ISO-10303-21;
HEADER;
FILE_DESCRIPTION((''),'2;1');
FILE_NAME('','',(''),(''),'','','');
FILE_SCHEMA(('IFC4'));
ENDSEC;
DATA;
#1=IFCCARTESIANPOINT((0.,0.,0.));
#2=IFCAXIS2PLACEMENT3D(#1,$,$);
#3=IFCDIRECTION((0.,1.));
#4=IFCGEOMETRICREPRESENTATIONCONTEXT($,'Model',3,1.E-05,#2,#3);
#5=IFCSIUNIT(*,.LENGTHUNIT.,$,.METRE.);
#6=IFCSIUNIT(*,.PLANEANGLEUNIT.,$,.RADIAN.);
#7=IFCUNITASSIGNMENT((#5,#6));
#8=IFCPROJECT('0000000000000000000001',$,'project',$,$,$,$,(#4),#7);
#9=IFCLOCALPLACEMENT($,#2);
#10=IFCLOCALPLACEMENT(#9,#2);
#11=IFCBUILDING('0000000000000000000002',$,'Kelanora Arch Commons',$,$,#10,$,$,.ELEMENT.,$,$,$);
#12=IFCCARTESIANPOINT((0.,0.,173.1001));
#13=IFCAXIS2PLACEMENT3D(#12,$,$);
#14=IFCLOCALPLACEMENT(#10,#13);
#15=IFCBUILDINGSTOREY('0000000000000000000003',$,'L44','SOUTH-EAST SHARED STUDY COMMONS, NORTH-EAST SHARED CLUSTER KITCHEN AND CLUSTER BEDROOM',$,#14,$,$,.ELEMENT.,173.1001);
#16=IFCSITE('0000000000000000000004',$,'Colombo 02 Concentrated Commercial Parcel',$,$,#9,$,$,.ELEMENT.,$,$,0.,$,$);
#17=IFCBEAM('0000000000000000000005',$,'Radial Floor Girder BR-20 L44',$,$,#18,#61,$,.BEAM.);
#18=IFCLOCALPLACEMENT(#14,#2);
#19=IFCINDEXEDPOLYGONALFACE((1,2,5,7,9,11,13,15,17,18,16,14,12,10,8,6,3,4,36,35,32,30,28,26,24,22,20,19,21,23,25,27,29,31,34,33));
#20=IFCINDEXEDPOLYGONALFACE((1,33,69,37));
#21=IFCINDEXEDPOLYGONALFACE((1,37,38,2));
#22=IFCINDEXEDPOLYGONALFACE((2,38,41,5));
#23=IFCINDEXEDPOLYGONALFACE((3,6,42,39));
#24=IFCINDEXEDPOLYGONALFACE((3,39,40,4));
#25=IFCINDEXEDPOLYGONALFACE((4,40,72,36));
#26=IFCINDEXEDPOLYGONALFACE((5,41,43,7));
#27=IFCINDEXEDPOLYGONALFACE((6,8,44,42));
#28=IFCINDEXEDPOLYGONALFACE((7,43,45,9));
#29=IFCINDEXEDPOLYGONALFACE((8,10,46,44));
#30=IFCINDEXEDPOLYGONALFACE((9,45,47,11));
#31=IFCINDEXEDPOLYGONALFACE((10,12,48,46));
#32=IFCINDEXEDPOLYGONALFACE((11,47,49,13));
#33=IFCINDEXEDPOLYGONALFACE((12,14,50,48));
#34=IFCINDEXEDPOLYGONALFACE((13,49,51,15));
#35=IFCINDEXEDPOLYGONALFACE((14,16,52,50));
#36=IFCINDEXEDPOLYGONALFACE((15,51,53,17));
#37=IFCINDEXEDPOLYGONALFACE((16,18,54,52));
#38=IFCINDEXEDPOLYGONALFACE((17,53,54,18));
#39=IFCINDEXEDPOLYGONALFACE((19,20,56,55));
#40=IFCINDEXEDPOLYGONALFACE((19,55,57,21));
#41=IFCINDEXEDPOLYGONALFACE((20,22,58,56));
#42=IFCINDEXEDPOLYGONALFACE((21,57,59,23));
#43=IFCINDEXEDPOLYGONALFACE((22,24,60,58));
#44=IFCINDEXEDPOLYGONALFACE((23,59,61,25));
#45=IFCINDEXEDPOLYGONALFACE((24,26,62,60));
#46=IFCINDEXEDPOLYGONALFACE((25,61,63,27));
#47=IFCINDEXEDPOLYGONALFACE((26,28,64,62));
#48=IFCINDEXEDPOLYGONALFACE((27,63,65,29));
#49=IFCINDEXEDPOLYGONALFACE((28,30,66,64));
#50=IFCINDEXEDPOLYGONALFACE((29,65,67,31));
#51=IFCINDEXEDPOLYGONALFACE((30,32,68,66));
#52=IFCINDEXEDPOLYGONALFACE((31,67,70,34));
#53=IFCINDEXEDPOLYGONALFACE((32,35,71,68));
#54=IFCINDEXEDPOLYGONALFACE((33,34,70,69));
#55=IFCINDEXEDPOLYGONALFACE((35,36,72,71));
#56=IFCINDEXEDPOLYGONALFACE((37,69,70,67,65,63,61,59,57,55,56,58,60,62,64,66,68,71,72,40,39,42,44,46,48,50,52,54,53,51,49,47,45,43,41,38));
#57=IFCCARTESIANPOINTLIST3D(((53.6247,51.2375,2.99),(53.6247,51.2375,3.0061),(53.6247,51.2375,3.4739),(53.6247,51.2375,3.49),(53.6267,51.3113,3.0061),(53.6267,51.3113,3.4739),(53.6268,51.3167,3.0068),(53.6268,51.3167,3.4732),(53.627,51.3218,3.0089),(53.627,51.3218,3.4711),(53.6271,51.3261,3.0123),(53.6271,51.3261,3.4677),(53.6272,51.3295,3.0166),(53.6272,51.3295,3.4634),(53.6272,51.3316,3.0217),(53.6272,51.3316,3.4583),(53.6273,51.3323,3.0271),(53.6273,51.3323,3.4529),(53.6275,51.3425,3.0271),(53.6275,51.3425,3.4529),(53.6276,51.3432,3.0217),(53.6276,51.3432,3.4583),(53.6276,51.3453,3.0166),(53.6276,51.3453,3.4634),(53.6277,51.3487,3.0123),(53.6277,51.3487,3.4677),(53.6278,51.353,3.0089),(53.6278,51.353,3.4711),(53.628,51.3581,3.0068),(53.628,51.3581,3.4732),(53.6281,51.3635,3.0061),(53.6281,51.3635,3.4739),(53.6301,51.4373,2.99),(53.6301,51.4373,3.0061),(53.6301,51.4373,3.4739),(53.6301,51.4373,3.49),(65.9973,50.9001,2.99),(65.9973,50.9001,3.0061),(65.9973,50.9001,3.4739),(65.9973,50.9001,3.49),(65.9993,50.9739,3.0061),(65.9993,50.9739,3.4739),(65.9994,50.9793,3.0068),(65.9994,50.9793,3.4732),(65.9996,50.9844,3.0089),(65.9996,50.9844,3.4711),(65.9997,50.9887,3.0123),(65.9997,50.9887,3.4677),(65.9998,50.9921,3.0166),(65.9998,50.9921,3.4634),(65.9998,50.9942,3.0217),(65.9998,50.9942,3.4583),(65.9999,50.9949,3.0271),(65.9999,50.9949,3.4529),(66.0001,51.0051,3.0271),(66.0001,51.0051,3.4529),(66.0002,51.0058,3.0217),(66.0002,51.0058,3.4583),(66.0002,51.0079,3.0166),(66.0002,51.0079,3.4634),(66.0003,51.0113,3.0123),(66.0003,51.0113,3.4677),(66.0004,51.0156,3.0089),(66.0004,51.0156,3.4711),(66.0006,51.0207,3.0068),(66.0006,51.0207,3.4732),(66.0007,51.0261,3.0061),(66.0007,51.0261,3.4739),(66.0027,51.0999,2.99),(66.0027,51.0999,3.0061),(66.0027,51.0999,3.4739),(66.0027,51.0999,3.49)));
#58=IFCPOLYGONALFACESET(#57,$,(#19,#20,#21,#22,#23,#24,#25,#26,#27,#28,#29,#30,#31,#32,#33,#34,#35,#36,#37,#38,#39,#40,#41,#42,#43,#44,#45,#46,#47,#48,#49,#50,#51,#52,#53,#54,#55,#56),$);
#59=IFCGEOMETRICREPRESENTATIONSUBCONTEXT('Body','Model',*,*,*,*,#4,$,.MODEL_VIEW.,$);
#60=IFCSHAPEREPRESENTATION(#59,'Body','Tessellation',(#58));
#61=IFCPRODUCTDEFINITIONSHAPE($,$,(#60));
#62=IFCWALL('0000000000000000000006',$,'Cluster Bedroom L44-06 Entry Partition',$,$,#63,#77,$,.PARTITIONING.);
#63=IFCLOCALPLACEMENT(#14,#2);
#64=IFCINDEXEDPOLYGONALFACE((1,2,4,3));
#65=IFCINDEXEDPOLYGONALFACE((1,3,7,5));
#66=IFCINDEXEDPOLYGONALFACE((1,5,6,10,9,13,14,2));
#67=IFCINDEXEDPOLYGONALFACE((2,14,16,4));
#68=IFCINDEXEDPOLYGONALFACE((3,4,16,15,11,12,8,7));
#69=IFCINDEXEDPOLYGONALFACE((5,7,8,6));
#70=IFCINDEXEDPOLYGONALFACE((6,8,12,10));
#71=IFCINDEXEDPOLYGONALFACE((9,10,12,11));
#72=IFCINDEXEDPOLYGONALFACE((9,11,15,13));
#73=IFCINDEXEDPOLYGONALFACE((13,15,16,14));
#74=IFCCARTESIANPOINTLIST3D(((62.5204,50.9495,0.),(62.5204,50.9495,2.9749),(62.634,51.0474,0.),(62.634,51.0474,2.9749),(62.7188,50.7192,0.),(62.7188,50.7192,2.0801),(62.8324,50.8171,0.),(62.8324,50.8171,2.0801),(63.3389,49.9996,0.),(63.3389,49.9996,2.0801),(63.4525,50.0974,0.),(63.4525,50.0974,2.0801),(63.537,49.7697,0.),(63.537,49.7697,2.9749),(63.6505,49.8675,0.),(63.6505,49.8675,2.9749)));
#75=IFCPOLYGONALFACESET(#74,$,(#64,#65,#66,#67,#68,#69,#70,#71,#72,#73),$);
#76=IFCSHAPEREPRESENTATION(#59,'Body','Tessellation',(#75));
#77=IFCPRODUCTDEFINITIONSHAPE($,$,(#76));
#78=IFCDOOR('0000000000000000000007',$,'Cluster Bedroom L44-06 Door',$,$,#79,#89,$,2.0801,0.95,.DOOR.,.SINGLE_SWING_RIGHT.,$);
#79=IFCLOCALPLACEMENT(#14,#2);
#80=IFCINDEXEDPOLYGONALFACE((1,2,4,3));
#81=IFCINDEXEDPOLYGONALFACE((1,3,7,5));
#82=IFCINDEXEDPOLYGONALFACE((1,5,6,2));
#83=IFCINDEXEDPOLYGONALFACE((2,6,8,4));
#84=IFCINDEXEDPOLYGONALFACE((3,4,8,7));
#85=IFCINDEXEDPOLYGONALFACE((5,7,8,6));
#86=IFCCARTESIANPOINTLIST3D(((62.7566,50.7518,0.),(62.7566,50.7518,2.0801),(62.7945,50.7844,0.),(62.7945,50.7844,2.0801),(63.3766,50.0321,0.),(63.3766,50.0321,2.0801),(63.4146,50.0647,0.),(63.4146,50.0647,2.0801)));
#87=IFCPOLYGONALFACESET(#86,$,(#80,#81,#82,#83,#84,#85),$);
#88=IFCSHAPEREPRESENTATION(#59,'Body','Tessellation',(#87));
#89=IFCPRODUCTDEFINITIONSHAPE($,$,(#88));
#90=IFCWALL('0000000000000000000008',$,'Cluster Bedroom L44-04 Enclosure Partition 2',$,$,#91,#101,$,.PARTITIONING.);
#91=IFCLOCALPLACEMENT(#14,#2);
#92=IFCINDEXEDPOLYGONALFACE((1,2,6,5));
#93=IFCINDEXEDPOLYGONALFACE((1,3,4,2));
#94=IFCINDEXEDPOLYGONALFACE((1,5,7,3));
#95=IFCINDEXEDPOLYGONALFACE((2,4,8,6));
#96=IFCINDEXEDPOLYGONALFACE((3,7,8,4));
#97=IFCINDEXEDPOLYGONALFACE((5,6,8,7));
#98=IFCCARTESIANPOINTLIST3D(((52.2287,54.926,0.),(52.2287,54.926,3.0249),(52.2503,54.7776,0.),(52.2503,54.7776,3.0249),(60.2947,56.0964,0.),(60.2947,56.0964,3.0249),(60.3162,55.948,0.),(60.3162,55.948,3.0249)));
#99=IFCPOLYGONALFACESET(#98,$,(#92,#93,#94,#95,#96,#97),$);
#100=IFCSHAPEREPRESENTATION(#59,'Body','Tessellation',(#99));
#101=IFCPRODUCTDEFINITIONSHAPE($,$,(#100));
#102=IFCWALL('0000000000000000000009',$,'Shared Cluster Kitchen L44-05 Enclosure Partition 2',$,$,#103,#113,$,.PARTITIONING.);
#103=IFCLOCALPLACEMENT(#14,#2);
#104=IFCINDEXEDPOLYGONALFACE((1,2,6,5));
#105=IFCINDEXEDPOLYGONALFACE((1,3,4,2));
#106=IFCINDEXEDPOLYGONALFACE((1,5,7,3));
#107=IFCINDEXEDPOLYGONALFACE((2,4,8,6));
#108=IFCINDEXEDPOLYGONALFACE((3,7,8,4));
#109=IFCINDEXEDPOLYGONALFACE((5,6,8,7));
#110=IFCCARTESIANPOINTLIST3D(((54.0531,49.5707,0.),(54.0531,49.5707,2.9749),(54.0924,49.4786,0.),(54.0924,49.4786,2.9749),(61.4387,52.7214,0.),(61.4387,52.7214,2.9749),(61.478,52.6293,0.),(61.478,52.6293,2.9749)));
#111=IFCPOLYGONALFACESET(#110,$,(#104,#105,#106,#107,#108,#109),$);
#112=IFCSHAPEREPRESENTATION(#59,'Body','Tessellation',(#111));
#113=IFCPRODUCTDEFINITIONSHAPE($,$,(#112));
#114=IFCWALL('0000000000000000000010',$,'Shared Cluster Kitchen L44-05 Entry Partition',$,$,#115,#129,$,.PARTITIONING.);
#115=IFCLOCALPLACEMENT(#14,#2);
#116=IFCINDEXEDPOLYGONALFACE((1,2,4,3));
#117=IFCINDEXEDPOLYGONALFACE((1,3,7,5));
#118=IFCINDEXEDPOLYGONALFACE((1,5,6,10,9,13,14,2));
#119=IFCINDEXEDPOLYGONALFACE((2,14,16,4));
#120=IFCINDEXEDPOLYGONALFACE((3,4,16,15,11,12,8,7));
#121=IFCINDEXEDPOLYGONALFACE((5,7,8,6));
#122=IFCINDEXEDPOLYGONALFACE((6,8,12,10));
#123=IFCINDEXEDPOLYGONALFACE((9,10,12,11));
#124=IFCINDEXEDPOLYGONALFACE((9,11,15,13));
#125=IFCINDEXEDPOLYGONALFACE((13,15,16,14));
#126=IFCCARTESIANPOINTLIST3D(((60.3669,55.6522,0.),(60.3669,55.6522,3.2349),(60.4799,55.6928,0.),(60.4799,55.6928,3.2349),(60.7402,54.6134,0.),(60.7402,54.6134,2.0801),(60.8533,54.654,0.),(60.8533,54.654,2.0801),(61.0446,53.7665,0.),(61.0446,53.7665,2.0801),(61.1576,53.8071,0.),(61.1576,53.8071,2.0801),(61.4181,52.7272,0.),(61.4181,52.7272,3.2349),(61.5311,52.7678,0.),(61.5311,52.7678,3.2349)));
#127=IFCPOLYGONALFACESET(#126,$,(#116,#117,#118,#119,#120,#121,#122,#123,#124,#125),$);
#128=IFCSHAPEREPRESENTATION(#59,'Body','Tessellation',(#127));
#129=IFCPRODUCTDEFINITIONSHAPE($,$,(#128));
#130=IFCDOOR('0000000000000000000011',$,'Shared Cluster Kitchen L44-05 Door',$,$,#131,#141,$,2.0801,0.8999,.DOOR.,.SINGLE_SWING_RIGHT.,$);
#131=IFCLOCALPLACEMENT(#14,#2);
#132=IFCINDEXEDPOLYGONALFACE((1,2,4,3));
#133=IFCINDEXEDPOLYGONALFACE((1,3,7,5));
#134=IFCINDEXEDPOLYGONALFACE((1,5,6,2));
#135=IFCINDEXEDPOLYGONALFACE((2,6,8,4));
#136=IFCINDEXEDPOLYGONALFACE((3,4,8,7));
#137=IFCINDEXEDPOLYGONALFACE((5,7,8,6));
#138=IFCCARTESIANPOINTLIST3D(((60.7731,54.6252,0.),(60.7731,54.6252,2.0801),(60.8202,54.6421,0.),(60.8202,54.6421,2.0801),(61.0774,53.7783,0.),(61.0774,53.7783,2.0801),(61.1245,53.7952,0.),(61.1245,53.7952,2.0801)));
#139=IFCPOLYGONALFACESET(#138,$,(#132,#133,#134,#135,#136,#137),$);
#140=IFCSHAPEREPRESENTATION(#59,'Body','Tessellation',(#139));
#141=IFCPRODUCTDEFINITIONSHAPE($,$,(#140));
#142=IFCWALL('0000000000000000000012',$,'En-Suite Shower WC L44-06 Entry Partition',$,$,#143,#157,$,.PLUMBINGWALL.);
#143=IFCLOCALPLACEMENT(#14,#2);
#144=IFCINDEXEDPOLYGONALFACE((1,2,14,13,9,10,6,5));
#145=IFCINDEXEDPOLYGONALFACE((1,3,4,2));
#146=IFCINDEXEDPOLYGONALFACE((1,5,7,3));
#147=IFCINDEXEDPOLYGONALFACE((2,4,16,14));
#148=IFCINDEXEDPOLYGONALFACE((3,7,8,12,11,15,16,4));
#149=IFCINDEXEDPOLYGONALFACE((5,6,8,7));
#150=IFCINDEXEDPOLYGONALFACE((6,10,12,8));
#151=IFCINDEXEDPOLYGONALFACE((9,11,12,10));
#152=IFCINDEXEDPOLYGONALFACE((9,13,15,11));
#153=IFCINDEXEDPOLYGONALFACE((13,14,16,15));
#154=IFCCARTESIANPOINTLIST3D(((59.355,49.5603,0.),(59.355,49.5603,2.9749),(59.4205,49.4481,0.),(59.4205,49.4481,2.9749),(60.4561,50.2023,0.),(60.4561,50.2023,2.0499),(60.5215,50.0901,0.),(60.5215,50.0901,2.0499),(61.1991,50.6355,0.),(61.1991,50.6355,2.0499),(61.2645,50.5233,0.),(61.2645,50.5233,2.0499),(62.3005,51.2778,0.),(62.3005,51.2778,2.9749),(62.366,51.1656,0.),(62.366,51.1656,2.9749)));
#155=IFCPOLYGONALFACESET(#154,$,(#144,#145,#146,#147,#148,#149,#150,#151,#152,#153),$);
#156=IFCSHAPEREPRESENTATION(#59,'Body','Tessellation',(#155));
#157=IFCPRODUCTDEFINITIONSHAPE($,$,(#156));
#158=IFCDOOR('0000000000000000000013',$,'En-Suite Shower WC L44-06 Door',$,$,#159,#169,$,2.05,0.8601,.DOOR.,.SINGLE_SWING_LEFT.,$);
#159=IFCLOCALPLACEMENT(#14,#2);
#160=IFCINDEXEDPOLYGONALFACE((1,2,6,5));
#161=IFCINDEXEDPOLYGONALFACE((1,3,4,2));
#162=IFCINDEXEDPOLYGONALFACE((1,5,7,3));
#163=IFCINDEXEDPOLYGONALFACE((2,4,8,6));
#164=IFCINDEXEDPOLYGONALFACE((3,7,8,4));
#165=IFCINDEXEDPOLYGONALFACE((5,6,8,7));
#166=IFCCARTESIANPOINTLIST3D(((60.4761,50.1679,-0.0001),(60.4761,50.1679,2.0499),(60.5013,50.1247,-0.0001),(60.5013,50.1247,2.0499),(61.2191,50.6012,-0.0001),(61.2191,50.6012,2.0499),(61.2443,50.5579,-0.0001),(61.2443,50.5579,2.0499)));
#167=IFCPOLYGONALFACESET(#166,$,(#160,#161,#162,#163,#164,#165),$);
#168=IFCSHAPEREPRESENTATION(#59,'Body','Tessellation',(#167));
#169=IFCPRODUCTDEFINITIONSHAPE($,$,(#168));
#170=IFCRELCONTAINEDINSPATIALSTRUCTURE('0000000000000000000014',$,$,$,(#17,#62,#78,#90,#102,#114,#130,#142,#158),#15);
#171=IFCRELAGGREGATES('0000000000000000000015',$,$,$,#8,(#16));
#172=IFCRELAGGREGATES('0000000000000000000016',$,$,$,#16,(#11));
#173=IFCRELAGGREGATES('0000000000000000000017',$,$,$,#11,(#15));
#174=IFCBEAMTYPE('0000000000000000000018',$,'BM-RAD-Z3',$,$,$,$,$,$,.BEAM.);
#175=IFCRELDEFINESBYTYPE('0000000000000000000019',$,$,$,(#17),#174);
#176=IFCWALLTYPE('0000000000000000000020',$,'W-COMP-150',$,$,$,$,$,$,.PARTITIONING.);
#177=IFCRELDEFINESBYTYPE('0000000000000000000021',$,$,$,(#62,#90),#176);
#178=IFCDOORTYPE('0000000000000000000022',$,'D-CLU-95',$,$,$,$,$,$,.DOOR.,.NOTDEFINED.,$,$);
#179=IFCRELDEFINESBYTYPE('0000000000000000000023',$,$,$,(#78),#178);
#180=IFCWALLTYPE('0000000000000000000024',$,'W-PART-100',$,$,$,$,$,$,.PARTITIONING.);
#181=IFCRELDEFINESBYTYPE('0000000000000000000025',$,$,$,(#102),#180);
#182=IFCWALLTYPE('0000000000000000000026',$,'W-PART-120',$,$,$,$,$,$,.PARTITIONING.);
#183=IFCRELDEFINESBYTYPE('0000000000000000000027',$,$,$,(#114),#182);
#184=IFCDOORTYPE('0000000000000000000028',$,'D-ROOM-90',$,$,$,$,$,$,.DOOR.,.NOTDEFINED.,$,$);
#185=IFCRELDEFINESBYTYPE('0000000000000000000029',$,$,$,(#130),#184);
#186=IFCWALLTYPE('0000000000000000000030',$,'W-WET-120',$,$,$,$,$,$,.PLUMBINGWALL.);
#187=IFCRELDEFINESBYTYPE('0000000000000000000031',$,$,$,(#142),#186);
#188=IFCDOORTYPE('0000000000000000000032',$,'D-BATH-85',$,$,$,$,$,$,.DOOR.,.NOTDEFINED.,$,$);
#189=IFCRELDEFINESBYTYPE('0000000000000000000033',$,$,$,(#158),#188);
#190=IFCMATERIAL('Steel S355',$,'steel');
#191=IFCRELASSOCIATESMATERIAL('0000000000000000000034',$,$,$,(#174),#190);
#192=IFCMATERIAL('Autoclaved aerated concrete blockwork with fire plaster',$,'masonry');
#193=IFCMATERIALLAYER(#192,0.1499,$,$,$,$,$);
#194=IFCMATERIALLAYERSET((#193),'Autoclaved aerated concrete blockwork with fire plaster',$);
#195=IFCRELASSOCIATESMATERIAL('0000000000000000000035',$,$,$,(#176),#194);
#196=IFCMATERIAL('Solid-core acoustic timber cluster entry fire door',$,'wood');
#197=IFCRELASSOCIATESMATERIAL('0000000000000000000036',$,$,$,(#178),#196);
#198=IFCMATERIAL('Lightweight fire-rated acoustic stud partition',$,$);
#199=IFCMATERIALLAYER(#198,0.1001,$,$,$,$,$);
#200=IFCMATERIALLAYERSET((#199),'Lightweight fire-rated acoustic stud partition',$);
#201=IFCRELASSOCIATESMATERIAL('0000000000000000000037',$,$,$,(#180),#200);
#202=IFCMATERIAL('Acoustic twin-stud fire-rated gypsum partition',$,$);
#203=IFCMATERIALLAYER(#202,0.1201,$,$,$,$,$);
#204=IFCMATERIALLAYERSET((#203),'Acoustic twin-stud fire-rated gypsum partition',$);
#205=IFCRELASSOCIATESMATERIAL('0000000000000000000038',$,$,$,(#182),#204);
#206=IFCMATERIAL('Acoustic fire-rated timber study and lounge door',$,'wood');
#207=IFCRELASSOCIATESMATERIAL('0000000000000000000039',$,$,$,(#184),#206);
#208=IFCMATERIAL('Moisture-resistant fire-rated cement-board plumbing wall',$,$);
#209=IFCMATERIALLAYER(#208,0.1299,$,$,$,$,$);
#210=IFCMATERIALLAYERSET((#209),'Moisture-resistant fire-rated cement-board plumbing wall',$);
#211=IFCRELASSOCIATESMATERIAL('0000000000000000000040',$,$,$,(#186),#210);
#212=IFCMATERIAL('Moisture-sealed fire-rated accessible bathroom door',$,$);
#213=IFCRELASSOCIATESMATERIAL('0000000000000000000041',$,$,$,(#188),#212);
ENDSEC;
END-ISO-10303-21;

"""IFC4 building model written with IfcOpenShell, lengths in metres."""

from ifc_helpers import new_model, si_unit, direction, frame, frame_2d, origin, origin_2d, place, context, subcontext, project, spatial, rectangle, i_section, extrude, material, layer, layer_set, material_profile, profile_set, type_object, element, fill, save


model = new_model("IFC4")

# Units and contexts
model_context = context("Model", 3, precision=1e-05, world=origin(), true_north=direction((0.0, 1.0)))
body_context = subcontext(model_context, "Body", "Model", "MODEL_VIEW")
ifc_project = project(units=[si_unit("LENGTHUNIT", "METRE"), si_unit("PLANEANGLEUNIT", "RADIAN")], contexts=[model_context])

# Site, building, storey
site_placement = place(None, origin())
site = spatial("IfcSite", under=ifc_project, at=site_placement, Name="Colombo 02 Concentrated Commercial Parcel", CompositionType="ELEMENT", RefElevation=0.0)
building_placement = place(site_placement, origin())
building = spatial("IfcBuilding", under=site, at=building_placement, Name="Kelanora Arch Commons", CompositionType="ELEMENT")
storey_placement = place(building_placement, frame((0.0, 0.0, 173.1001)))
storey = spatial("IfcBuildingStorey", under=building, at=storey_placement, Name="L44", Description="SOUTH-EAST SHARED STUDY COMMONS, NORTH-EAST SHARED CLUSTER KITCHEN AND CLUSTER BEDROOM", CompositionType="ELEMENT", Elevation=173.1001)

# Beam
ifc_material_1 = material(Name="Steel S355", Category="steel")
ifc_material_profile_1 = material_profile(ifc_material_1, i_section(OverallWidth=0.2, OverallDepth=0.5, WebThickness=0.0103, FlangeThickness=0.0161, FilletRadius=0.021, at=origin_2d()), Name="IPE500")
ifc_profile_set_1 = profile_set([ifc_material_profile_1], Name="Steel S355")
beam_type_1 = type_object("IfcBeamType", Name="BM-RAD-Z3", PredefinedType="BEAM", material=ifc_profile_set_1)
beam_1_placement = place(storey_placement, frame((66.0, 51.0, 3.24), z_axis=(-0.999628, 0.02726, 0.0), x_axis=(-0.02726, -0.999628, 0.0)))
element("IfcBeam", 1, at=beam_1_placement, inside=storey, type_object=beam_type_1, Name="Radial Floor Girder BR-20 L44", PredefinedType="BEAM", context=body_context, shape_type="SweptSolid", body=[
    extrude(i_section(OverallWidth=0.2, OverallDepth=0.5, WebThickness=0.0103, FlangeThickness=0.0161, FilletRadius=0.021, at=origin_2d()), origin(), (0.0, 0.0, 1.0), 12.3772),
])

# Wall, opening, door
ifc_material_2 = material(Name="Autoclaved aerated concrete blockwork with fire plaster", Category="masonry")
ifc_layer_1 = layer(ifc_material_2, 0.1499)
ifc_layer_set_1 = layer_set([ifc_layer_1], Name="Autoclaved aerated concrete blockwork with fire plaster")
wall_type_1 = type_object("IfcWallType", Name="W-COMP-150", PredefinedType="PARTITIONING", material=ifc_layer_set_1)
wall_1_placement = place(storey_placement, frame((62.5771, 50.9985, 0.0), z_axis=(0.0, 0.0, 1.0), x_axis=(0.652726, -0.757594, 0.0)))
wall_1 = element("IfcWall", 2, at=wall_1_placement, inside=storey, type_object=wall_type_1, Name="Cluster Bedroom L44-06 Entry Partition", PredefinedType="PARTITIONING", context=body_context, shape_type="SweptSolid", body=[
    extrude(rectangle(XDim=1.5574, YDim=0.1499, at=frame_2d((0.7788, 0.0))), origin(), (0.0, 0.0, 1.0), 2.9749),
])
opening_1_placement = place(wall_1_placement, frame((0.304, 0.0, 0.0)))
opening_1 = element("IfcOpeningElement", 3, at=opening_1_placement, cuts=wall_1, PredefinedType="OPENING", context=body_context, shape_type="SweptSolid", body=[
    extrude(rectangle(XDim=0.95, YDim=2.0801, at=frame_2d((0.4751, 1.04))), frame((0.0, 0.085, 0.0), z_axis=(0.0, -1.0, 0.0), x_axis=(1.0, 0.0, 0.0)), (0.0, 0.0, 1.0), 0.1699),
])
ifc_material_3 = material(Name="Solid-core acoustic timber cluster entry fire door", Category="wood")
door_type_1 = type_object("IfcDoorType", Name="D-CLU-95", OperationType="NOTDEFINED", PredefinedType="DOOR", material=ifc_material_3)
door_1_placement = place(opening_1_placement, origin())
door_1 = element("IfcDoor", 4, at=door_1_placement, inside=storey, type_object=door_type_1, Name="Cluster Bedroom L44-06 Door", OperationType="SINGLE_SWING_RIGHT", OverallHeight=2.0801, OverallWidth=0.95, PredefinedType="DOOR", context=body_context, shape_type="SweptSolid", body=[
    extrude(rectangle(XDim=0.95, YDim=2.0801, at=frame_2d((0.4751, 1.04))), frame((0.0, 0.0249, 0.0), z_axis=(0.0, -1.0, 0.0), x_axis=(1.0, 0.0, 0.0)), (0.0, 0.0, 1.0), 0.05),
])
fill(opening_1, door_1)

# Walls
wall_2_placement = place(storey_placement, frame((60.3054, 56.0222, 0.0), z_axis=(0.0, 0.0, 1.0), x_axis=(-0.989636, -0.143602, 0.0)))
element("IfcWall", 5, at=wall_2_placement, inside=storey, type_object=wall_type_1, Name="Cluster Bedroom L44-04 Enclosure Partition 2", PredefinedType="PARTITIONING", context=body_context, shape_type="SweptSolid", body=[
    extrude(rectangle(XDim=8.1504, YDim=0.1499, at=frame_2d((4.0752, 0.0))), origin(), (0.0, 0.0, 1.0), 3.0249),
])
ifc_material_4 = material(Name="Lightweight fire-rated acoustic stud partition")
ifc_layer_2 = layer(ifc_material_4, 0.1001)
ifc_layer_set_2 = layer_set([ifc_layer_2], Name="Lightweight fire-rated acoustic stud partition")
wall_type_2 = type_object("IfcWallType", Name="W-PART-100", PredefinedType="PARTITIONING", material=ifc_layer_set_2)
wall_3_placement = place(storey_placement, frame((61.4583, 52.6753, 0.0), z_axis=(0.0, 0.0, 1.0), x_axis=(-0.919801, -0.392385, 0.0)))
element("IfcWall", 6, at=wall_3_placement, inside=storey, type_object=wall_type_2, Name="Shared Cluster Kitchen L44-05 Enclosure Partition 2", PredefinedType="PARTITIONING", context=body_context, shape_type="SweptSolid", body=[
    extrude(rectangle(XDim=8.0295, YDim=0.1001, at=frame_2d((4.0146, 0.0))), origin(), (0.0, 0.0, 1.0), 2.9749),
])

# Walls, openings, doors
ifc_material_5 = material(Name="Acoustic twin-stud fire-rated gypsum partition")
ifc_layer_3 = layer(ifc_material_5, 0.1201)
ifc_layer_set_3 = layer_set([ifc_layer_3], Name="Acoustic twin-stud fire-rated gypsum partition")
wall_type_3 = type_object("IfcWallType", Name="W-PART-120", PredefinedType="PARTITIONING", material=ifc_layer_set_3)
wall_4_placement = place(storey_placement, frame((60.4233, 55.6726, 0.0), z_axis=(0.0, 0.0, 1.0), x_axis=(0.338222, -0.941067, 0.0)))
wall_4 = element("IfcWall", 7, at=wall_4_placement, inside=storey, type_object=wall_type_3, Name="Shared Cluster Kitchen L44-05 Entry Partition", PredefinedType="PARTITIONING", context=body_context, shape_type="SweptSolid", body=[
    extrude(rectangle(XDim=3.1082, YDim=0.1201, at=frame_2d((1.5542, 0.0))), origin(), (0.0, 0.0, 1.0), 3.2349),
])
opening_2_placement = place(wall_4_placement, frame((1.104, 0.0, 0.0)))
opening_2 = element("IfcOpeningElement", 8, at=opening_2_placement, cuts=wall_4, PredefinedType="OPENING", context=body_context, shape_type="SweptSolid", body=[
    extrude(rectangle(XDim=0.8999, YDim=2.0801, at=frame_2d((0.45, 1.04))), frame((0.0, 0.0701, 0.0), z_axis=(0.0, -1.0, 0.0), x_axis=(1.0, 0.0, 0.0)), (0.0, 0.0, 1.0), 0.1401),
])
ifc_material_6 = material(Name="Acoustic fire-rated timber study and lounge door", Category="wood")
door_type_2 = type_object("IfcDoorType", Name="D-ROOM-90", OperationType="NOTDEFINED", PredefinedType="DOOR", material=ifc_material_6)
door_2_placement = place(opening_2_placement, origin())
door_2 = element("IfcDoor", 9, at=door_2_placement, inside=storey, type_object=door_type_2, Name="Shared Cluster Kitchen L44-05 Door", OperationType="SINGLE_SWING_RIGHT", OverallHeight=2.0801, OverallWidth=0.8999, PredefinedType="DOOR", context=body_context, shape_type="SweptSolid", body=[
    extrude(rectangle(XDim=0.8999, YDim=2.0801, at=frame_2d((0.45, 1.04))), frame((0.0, 0.0249, 0.0), z_axis=(0.0, -1.0, 0.0), x_axis=(1.0, 0.0, 0.0)), (0.0, 0.0, 1.0), 0.05),
])
fill(opening_2, door_2)
ifc_material_7 = material(Name="Moisture-resistant fire-rated cement-board plumbing wall")
ifc_layer_4 = layer(ifc_material_7, 0.1299)
ifc_layer_set_4 = layer_set([ifc_layer_4], Name="Moisture-resistant fire-rated cement-board plumbing wall")
wall_type_4 = type_object("IfcWallType", Name="W-WET-120", PredefinedType="PLUMBINGWALL", material=ifc_layer_set_4)
wall_5_placement = place(storey_placement, frame((62.3333, 51.2217, 0.0), z_axis=(0.0, 0.0, 1.0), x_axis=(-0.86387, -0.503715, 0.0)))
wall_5 = element("IfcWall", 10, at=wall_5_placement, inside=storey, type_object=wall_type_4, Name="En-Suite Shower WC L44-06 Entry Partition", PredefinedType="PLUMBINGWALL", context=body_context, shape_type="SweptSolid", body=[
    extrude(rectangle(XDim=3.4097, YDim=0.1299, at=frame_2d((1.7048, 0.0))), origin(), (0.0, 0.0, 1.0), 2.9749),
])
opening_3_placement = place(wall_5_placement, frame((1.2749, 0.0, 0.0)))
opening_3 = element("IfcOpeningElement", 11, at=opening_3_placement, cuts=wall_5, PredefinedType="OPENING", context=body_context, shape_type="SweptSolid", body=[
    extrude(rectangle(XDim=0.8601, YDim=2.05, at=frame_2d((0.4302, 1.0249))), frame((0.0, 0.075, 0.0), z_axis=(0.0, -1.0, 0.0), x_axis=(1.0, 0.0, 0.0)), (0.0, 0.0, 1.0), 0.1499),
])
ifc_material_8 = material(Name="Moisture-sealed fire-rated accessible bathroom door")
door_type_3 = type_object("IfcDoorType", Name="D-BATH-85", OperationType="NOTDEFINED", PredefinedType="DOOR", material=ifc_material_8)
door_3_placement = place(opening_3_placement, origin())
door_3 = element("IfcDoor", 12, at=door_3_placement, inside=storey, type_object=door_type_3, Name="En-Suite Shower WC L44-06 Door", OperationType="SINGLE_SWING_LEFT", OverallHeight=2.05, OverallWidth=0.8601, PredefinedType="DOOR", context=body_context, shape_type="SweptSolid", body=[
    extrude(rectangle(XDim=0.8601, YDim=2.05, at=frame_2d((0.4302, 1.0249))), frame((0.0, 0.0249, 0.0), z_axis=(0.0, -1.0, 0.0), x_axis=(1.0, 0.0, 0.0)), (0.0, 0.0, 1.0), 0.05),
])
fill(opening_3, door_3)

save(model, "model.ifc")
